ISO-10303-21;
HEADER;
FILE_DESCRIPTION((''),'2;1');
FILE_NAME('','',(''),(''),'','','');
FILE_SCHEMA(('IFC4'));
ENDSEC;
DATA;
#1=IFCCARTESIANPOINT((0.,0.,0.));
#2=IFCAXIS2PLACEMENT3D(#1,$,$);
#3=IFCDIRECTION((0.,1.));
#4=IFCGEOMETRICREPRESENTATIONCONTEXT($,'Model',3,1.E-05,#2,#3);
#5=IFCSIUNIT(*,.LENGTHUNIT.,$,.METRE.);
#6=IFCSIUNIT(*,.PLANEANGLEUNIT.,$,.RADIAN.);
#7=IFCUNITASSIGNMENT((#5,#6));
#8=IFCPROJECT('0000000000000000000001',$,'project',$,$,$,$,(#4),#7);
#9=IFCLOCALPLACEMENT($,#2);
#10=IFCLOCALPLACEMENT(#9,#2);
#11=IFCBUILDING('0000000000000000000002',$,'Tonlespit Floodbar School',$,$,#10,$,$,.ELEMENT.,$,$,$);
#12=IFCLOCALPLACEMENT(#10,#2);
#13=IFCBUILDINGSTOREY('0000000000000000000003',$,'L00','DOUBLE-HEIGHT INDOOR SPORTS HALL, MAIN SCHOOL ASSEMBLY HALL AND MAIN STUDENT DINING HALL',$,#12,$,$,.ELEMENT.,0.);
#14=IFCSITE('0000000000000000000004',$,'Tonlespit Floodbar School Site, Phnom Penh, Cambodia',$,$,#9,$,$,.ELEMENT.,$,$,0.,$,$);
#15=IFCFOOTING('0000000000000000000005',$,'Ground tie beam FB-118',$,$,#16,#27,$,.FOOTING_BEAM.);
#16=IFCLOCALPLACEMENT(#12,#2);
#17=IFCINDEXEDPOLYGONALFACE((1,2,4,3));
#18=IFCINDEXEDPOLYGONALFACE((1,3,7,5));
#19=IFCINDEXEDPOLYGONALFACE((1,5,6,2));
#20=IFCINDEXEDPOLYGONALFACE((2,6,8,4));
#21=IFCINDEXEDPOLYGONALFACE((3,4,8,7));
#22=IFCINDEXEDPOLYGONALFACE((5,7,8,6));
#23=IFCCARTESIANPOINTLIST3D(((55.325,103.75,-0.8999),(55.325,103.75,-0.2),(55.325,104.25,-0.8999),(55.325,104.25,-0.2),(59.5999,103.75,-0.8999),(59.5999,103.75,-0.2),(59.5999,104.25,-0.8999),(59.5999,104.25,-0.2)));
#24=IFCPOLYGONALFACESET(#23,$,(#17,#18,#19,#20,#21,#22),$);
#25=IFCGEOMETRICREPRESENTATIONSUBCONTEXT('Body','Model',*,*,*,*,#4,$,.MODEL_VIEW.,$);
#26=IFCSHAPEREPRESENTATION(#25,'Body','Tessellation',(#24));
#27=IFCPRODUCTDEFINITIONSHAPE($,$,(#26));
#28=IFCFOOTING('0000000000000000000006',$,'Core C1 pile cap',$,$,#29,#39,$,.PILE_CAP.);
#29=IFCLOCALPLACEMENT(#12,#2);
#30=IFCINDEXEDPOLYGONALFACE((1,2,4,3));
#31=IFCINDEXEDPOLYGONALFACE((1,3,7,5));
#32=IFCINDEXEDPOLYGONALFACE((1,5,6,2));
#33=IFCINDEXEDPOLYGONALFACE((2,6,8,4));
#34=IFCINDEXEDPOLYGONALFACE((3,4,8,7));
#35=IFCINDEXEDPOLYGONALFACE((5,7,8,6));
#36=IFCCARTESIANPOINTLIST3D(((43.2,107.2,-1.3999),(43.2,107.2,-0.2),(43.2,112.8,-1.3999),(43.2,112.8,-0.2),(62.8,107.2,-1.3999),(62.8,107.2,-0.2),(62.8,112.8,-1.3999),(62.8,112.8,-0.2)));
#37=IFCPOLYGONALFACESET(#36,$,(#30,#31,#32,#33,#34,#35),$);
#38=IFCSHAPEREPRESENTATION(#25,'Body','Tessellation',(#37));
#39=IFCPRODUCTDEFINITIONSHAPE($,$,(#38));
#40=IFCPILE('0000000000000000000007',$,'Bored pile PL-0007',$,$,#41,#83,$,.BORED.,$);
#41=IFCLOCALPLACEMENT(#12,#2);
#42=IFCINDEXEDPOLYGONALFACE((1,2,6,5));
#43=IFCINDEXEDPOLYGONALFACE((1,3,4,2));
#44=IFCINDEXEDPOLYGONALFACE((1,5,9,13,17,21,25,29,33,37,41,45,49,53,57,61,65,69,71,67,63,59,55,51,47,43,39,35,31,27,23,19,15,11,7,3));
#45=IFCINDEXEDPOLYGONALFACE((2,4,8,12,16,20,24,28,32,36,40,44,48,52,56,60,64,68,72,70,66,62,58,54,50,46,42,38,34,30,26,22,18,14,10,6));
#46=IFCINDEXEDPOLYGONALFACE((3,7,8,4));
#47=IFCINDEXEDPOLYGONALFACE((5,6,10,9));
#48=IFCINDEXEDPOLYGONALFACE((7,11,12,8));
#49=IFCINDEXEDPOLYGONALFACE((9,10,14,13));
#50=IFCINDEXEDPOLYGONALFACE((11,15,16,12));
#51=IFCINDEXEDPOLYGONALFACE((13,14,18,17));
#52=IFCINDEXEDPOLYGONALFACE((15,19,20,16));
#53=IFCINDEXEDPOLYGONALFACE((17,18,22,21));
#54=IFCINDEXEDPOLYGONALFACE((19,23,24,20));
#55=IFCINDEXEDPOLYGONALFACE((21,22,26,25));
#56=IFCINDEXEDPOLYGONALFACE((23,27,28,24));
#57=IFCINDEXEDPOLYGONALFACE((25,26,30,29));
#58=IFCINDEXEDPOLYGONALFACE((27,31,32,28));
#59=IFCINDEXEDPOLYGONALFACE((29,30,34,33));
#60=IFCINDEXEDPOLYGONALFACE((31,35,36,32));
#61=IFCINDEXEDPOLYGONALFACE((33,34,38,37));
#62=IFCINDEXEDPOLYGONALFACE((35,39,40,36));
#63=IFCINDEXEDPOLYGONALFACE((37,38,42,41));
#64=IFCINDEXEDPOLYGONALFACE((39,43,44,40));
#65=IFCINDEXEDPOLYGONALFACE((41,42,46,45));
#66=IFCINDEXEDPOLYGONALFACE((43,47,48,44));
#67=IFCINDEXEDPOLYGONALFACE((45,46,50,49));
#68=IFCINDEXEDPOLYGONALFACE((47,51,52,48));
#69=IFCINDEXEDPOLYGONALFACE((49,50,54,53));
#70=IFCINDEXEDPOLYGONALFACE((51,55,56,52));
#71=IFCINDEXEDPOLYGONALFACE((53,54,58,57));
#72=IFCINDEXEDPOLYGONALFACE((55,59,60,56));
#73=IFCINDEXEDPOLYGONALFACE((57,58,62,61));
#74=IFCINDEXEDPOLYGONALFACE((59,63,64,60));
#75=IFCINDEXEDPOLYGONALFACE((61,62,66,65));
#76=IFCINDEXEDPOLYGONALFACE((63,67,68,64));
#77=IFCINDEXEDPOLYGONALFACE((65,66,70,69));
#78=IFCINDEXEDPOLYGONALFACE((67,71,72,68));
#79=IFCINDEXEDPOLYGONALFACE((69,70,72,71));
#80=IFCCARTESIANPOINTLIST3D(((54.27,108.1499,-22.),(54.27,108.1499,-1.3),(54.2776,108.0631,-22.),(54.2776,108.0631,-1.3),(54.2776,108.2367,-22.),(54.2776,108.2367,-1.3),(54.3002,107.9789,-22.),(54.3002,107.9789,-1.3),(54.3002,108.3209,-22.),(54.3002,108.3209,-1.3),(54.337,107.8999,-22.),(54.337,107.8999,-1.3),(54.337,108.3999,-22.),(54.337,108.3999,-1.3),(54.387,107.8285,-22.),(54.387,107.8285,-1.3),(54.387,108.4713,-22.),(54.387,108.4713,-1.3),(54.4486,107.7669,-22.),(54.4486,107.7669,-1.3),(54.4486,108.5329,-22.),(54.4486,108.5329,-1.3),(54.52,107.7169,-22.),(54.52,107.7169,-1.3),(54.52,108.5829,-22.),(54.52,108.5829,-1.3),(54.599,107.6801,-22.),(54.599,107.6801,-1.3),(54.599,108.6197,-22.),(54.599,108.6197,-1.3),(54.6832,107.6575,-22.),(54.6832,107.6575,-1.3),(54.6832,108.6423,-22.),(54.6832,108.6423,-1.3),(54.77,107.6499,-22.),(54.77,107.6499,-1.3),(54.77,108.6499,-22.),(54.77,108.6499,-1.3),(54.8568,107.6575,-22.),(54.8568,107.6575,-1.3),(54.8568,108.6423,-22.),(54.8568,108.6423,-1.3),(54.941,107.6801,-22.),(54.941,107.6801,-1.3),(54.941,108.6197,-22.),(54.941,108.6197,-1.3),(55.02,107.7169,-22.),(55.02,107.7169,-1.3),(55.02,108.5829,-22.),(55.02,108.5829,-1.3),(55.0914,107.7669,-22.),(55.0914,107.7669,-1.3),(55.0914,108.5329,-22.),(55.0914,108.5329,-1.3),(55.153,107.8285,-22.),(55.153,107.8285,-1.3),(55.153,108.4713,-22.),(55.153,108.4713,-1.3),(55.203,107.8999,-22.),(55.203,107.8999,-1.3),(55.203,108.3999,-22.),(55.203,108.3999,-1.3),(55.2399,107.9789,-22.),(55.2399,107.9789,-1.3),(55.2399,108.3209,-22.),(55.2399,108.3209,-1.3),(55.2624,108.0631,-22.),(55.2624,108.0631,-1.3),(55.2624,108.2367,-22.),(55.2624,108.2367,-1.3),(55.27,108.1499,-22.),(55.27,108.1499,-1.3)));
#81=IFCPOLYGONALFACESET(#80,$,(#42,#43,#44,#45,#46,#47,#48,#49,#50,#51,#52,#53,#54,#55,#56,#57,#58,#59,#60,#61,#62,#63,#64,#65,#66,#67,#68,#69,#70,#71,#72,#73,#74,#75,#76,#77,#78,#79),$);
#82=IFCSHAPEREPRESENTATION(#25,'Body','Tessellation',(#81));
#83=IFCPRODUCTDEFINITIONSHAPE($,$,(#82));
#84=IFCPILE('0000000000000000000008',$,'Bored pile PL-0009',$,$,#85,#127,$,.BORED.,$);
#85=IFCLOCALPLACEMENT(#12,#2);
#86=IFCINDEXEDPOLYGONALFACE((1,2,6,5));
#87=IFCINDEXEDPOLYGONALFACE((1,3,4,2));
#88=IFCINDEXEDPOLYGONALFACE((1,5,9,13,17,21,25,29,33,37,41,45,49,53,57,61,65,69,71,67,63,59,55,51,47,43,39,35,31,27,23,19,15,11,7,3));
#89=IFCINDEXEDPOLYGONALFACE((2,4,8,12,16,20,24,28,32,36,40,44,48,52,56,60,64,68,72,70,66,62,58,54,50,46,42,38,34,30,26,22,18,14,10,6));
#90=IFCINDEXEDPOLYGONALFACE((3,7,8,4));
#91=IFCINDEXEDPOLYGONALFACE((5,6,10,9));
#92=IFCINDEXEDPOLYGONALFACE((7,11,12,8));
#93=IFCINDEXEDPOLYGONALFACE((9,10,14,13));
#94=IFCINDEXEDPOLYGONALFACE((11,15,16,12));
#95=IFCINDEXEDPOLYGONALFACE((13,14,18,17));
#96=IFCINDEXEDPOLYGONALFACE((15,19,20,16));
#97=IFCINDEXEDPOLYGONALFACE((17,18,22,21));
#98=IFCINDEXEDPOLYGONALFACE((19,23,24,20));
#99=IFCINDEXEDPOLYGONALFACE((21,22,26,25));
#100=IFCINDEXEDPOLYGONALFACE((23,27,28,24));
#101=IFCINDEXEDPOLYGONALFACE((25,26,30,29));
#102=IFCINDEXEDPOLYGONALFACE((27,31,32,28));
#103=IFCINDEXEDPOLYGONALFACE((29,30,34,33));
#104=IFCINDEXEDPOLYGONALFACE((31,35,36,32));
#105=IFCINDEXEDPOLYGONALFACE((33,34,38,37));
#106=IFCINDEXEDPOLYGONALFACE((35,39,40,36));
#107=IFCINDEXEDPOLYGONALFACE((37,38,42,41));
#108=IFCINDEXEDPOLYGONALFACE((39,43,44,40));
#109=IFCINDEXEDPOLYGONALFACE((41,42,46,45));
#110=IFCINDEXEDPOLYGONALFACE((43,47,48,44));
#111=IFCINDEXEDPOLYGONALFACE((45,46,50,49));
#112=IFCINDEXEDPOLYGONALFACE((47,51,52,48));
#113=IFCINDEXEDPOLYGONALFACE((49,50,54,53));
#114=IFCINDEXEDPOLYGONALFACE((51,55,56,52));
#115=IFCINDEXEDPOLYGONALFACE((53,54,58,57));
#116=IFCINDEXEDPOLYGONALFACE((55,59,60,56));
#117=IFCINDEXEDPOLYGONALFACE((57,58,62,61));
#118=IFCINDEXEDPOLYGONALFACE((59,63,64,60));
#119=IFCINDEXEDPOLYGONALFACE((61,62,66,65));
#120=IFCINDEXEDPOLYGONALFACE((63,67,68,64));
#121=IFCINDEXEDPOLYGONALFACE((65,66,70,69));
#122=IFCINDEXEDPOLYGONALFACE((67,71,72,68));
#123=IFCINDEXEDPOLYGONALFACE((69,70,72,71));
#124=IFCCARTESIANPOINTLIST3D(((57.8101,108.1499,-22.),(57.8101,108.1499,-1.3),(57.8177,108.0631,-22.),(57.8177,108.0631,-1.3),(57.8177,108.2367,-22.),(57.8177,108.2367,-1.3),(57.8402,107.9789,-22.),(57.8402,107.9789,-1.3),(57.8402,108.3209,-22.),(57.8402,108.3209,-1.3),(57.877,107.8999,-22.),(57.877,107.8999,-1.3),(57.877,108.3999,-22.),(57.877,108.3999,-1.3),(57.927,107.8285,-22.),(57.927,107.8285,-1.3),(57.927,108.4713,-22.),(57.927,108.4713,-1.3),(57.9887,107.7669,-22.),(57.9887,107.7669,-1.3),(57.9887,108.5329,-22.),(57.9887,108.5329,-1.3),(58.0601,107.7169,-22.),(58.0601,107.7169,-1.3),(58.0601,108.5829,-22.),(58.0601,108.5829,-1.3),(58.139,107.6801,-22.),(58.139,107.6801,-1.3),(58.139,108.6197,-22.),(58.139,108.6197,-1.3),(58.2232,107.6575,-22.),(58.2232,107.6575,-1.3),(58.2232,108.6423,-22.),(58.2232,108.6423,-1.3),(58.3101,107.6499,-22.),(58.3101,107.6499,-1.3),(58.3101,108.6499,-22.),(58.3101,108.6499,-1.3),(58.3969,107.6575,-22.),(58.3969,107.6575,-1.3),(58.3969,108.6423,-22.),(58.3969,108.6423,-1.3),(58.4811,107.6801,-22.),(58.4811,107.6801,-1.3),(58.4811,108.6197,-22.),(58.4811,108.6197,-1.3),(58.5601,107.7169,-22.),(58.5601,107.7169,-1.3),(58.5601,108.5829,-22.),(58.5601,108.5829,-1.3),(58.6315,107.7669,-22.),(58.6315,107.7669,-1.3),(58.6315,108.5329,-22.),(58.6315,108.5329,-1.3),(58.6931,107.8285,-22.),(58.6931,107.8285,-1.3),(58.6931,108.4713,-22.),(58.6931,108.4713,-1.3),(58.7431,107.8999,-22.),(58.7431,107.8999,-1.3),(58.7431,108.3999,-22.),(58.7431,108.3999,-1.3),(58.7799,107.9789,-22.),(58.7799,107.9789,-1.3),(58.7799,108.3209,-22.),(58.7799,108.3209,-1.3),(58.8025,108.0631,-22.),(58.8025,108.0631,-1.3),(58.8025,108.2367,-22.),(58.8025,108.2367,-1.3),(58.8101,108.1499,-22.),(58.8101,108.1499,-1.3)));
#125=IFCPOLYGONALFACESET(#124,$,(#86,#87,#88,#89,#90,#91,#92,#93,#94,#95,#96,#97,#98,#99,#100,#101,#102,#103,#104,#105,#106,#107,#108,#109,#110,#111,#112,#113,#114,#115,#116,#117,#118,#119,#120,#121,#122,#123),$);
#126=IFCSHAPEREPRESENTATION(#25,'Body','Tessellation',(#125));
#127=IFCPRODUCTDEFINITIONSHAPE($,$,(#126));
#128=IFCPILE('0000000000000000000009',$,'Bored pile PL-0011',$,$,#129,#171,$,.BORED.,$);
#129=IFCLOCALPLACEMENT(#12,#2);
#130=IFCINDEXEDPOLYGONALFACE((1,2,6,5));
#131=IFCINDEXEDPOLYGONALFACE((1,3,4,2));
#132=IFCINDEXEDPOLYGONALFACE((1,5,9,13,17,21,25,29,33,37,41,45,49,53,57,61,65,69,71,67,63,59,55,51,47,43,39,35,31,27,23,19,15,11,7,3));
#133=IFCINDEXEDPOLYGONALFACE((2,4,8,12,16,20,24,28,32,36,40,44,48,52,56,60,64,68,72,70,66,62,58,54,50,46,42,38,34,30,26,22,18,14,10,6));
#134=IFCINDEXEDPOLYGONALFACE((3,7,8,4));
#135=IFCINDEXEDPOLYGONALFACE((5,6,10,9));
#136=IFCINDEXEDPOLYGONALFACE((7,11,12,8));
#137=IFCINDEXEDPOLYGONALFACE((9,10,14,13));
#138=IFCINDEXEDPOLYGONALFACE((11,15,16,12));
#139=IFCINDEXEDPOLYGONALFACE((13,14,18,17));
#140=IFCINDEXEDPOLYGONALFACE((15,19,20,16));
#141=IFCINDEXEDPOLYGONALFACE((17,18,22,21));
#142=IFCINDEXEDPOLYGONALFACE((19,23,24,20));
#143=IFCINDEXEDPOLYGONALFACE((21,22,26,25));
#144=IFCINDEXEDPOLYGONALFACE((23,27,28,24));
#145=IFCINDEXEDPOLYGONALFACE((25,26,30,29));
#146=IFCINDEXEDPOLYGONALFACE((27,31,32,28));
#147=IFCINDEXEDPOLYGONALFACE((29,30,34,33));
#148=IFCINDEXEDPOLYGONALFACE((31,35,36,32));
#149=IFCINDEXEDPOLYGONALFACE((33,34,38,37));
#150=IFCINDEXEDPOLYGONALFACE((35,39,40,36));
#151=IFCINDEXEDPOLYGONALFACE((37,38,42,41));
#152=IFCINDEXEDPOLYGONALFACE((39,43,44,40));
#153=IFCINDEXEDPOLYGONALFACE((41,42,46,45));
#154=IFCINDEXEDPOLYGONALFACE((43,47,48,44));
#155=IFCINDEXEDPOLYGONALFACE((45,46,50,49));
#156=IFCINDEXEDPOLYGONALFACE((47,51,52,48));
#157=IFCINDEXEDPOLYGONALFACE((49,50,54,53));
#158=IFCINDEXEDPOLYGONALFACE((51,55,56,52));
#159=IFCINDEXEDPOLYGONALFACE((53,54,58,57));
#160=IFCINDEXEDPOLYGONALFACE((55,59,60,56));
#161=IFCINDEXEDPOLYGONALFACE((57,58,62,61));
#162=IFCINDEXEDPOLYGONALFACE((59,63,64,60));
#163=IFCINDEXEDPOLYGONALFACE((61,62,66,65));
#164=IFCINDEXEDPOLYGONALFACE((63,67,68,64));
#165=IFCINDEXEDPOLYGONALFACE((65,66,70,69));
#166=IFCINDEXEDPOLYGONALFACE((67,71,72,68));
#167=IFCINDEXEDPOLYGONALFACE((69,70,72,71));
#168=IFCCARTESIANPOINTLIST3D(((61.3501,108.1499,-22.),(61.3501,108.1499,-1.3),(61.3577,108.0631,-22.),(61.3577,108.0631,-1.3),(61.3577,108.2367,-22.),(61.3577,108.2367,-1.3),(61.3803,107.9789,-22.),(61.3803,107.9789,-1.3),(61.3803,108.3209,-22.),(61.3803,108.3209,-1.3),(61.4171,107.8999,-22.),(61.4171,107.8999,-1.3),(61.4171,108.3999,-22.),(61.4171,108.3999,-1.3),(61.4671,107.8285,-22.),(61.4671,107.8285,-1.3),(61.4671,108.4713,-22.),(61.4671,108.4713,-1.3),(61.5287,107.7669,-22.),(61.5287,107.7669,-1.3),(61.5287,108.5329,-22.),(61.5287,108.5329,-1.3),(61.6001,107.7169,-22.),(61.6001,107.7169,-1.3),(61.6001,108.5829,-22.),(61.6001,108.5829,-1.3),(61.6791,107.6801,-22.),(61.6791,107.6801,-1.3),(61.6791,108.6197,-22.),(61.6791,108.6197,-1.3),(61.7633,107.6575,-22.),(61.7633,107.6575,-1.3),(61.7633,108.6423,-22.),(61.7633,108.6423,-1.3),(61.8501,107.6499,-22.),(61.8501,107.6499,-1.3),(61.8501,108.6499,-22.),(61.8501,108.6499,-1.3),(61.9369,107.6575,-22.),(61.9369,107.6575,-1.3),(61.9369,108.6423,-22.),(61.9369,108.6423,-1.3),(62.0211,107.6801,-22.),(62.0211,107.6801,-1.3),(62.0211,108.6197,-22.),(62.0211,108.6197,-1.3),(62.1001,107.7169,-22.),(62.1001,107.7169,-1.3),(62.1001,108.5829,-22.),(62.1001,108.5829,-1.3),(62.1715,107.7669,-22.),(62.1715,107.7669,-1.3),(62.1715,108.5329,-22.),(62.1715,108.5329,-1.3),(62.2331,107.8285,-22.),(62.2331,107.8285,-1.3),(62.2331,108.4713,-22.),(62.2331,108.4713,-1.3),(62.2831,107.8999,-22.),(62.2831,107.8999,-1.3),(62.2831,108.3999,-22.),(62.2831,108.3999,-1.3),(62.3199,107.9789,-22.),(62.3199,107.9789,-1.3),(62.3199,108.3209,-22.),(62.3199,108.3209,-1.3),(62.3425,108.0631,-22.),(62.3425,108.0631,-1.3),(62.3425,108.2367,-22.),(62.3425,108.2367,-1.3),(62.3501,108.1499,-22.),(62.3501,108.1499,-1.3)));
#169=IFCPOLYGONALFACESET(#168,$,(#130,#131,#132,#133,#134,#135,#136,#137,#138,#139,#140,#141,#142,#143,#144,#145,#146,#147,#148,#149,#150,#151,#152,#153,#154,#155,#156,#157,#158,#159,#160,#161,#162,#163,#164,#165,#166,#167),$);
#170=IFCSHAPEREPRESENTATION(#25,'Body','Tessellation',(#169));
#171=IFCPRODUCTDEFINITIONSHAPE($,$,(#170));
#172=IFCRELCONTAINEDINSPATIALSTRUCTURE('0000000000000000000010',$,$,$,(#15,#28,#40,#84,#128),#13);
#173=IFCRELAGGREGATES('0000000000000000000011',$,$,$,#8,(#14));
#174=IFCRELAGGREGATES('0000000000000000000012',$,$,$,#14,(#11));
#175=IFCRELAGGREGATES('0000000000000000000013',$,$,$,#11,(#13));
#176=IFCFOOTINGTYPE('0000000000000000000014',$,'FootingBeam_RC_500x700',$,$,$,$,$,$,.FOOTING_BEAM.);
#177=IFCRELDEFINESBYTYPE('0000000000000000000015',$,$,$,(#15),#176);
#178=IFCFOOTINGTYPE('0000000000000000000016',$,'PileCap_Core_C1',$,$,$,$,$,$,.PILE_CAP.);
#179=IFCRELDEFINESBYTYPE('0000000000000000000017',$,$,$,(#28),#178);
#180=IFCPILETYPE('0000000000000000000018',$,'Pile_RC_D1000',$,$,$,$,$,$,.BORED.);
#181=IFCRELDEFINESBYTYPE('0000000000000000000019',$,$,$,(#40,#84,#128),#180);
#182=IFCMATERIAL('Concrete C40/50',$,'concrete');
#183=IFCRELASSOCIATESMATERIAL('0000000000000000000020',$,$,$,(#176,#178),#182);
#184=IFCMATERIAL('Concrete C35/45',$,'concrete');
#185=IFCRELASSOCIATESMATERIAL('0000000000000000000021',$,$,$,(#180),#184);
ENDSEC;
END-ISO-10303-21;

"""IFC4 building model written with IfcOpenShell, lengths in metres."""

from ifc_helpers import new_model, si_unit, direction, frame, origin, origin_2d, place, context, subcontext, project, spatial, rectangle, circle, extrude, material, material_profile, profile_set, type_object, element, save


model = new_model("IFC4")

# Units and contexts
model_context = context("Model", 3, precision=1e-05, world=origin(), true_north=direction((0.0, 1.0)))
body_context = subcontext(model_context, "Body", "Model", "MODEL_VIEW")
ifc_project = project(units=[si_unit("LENGTHUNIT", "METRE"), si_unit("PLANEANGLEUNIT", "RADIAN")], contexts=[model_context])

# Site, building, storey
site_placement = place(None, origin())
site = spatial("IfcSite", under=ifc_project, at=site_placement, Name="Tonlespit Floodbar School Site, Phnom Penh, Cambodia", CompositionType="ELEMENT", RefElevation=0.0)
building_placement = place(site_placement, origin())
building = spatial("IfcBuilding", under=site, at=building_placement, Name="Tonlespit Floodbar School", CompositionType="ELEMENT")
storey_placement = place(building_placement, origin())
storey = spatial("IfcBuildingStorey", under=building, at=storey_placement, Name="L00", Description="DOUBLE-HEIGHT INDOOR SPORTS HALL, MAIN SCHOOL ASSEMBLY HALL AND MAIN STUDENT DINING HALL", CompositionType="ELEMENT", Elevation=0.0)

# Footings
ifc_material_1 = material(Name="Concrete C40/50", Category="concrete")
footing_type_1 = type_object("IfcFootingType", Name="FootingBeam_RC_500x700", PredefinedType="FOOTING_BEAM", material=ifc_material_1)
footing_1_placement = place(storey_placement, frame((57.4624, 104.0, -0.8999), z_axis=(0.0, 0.0, 1.0), x_axis=(1.0, 0.0, 0.0)))
element("IfcFooting", 1, at=footing_1_placement, inside=storey, type_object=footing_type_1, Name="Ground tie beam FB-118", PredefinedType="FOOTING_BEAM", context=body_context, shape_type="SweptSolid", body=[
    extrude(rectangle(XDim=4.2749, YDim=0.5, at=origin_2d()), origin(), (0.0, 0.0, 1.0), 0.7),
])
footing_type_2 = type_object("IfcFootingType", Name="PileCap_Core_C1", PredefinedType="PILE_CAP", material=ifc_material_1)
footing_2_placement = place(storey_placement, frame((53.0, 110.0, -1.3999), z_axis=(0.0, 0.0, 1.0), x_axis=(1.0, 0.0, 0.0)))
element("IfcFooting", 2, at=footing_2_placement, inside=storey, type_object=footing_type_2, Name="Core C1 pile cap", PredefinedType="PILE_CAP", context=body_context, shape_type="SweptSolid", body=[
    extrude(rectangle(XDim=19.6001, YDim=5.6001, at=origin_2d()), origin(), (0.0, 0.0, 1.0), 1.2),
])

# Piles
ifc_material_2 = material(Name="Concrete C35/45", Category="concrete")
ifc_material_profile_1 = material_profile(ifc_material_2, circle(Radius=0.5, at=origin_2d()), Name="BP D1000")
ifc_profile_set_1 = profile_set([ifc_material_profile_1], Name="Concrete C35/45")
pile_type = type_object("IfcPileType", Name="Pile_RC_D1000", PredefinedType="BORED", material=ifc_profile_set_1)
for number, where, z_axis, x_axis, name in (
    (3, (54.77, 108.1499, -1.3), (0.0, 0.0, -1.0), (1.0, 0.0, 0.0), "Bored pile PL-0007"),
    (4, (58.3101, 108.1499, -1.3), (0.0, 0.0, -1.0), (1.0, 0.0, 0.0), "Bored pile PL-0009"),
    (5, (61.8501, 108.1499, -1.3), (0.0, 0.0, -1.0), (1.0, 0.0, 0.0), "Bored pile PL-0011"),
):
    element("IfcPile", number, at=place(storey_placement, frame(where, z_axis=z_axis, x_axis=x_axis)), inside=storey, type_object=pile_type, Name=name, PredefinedType="BORED", context=body_context, shape_type="SweptSolid", body=[
        extrude(circle(Radius=0.5, at=origin_2d()), origin(), (0.0, 0.0, 1.0), 20.7),
    ])

save(model, "model.ifc")
